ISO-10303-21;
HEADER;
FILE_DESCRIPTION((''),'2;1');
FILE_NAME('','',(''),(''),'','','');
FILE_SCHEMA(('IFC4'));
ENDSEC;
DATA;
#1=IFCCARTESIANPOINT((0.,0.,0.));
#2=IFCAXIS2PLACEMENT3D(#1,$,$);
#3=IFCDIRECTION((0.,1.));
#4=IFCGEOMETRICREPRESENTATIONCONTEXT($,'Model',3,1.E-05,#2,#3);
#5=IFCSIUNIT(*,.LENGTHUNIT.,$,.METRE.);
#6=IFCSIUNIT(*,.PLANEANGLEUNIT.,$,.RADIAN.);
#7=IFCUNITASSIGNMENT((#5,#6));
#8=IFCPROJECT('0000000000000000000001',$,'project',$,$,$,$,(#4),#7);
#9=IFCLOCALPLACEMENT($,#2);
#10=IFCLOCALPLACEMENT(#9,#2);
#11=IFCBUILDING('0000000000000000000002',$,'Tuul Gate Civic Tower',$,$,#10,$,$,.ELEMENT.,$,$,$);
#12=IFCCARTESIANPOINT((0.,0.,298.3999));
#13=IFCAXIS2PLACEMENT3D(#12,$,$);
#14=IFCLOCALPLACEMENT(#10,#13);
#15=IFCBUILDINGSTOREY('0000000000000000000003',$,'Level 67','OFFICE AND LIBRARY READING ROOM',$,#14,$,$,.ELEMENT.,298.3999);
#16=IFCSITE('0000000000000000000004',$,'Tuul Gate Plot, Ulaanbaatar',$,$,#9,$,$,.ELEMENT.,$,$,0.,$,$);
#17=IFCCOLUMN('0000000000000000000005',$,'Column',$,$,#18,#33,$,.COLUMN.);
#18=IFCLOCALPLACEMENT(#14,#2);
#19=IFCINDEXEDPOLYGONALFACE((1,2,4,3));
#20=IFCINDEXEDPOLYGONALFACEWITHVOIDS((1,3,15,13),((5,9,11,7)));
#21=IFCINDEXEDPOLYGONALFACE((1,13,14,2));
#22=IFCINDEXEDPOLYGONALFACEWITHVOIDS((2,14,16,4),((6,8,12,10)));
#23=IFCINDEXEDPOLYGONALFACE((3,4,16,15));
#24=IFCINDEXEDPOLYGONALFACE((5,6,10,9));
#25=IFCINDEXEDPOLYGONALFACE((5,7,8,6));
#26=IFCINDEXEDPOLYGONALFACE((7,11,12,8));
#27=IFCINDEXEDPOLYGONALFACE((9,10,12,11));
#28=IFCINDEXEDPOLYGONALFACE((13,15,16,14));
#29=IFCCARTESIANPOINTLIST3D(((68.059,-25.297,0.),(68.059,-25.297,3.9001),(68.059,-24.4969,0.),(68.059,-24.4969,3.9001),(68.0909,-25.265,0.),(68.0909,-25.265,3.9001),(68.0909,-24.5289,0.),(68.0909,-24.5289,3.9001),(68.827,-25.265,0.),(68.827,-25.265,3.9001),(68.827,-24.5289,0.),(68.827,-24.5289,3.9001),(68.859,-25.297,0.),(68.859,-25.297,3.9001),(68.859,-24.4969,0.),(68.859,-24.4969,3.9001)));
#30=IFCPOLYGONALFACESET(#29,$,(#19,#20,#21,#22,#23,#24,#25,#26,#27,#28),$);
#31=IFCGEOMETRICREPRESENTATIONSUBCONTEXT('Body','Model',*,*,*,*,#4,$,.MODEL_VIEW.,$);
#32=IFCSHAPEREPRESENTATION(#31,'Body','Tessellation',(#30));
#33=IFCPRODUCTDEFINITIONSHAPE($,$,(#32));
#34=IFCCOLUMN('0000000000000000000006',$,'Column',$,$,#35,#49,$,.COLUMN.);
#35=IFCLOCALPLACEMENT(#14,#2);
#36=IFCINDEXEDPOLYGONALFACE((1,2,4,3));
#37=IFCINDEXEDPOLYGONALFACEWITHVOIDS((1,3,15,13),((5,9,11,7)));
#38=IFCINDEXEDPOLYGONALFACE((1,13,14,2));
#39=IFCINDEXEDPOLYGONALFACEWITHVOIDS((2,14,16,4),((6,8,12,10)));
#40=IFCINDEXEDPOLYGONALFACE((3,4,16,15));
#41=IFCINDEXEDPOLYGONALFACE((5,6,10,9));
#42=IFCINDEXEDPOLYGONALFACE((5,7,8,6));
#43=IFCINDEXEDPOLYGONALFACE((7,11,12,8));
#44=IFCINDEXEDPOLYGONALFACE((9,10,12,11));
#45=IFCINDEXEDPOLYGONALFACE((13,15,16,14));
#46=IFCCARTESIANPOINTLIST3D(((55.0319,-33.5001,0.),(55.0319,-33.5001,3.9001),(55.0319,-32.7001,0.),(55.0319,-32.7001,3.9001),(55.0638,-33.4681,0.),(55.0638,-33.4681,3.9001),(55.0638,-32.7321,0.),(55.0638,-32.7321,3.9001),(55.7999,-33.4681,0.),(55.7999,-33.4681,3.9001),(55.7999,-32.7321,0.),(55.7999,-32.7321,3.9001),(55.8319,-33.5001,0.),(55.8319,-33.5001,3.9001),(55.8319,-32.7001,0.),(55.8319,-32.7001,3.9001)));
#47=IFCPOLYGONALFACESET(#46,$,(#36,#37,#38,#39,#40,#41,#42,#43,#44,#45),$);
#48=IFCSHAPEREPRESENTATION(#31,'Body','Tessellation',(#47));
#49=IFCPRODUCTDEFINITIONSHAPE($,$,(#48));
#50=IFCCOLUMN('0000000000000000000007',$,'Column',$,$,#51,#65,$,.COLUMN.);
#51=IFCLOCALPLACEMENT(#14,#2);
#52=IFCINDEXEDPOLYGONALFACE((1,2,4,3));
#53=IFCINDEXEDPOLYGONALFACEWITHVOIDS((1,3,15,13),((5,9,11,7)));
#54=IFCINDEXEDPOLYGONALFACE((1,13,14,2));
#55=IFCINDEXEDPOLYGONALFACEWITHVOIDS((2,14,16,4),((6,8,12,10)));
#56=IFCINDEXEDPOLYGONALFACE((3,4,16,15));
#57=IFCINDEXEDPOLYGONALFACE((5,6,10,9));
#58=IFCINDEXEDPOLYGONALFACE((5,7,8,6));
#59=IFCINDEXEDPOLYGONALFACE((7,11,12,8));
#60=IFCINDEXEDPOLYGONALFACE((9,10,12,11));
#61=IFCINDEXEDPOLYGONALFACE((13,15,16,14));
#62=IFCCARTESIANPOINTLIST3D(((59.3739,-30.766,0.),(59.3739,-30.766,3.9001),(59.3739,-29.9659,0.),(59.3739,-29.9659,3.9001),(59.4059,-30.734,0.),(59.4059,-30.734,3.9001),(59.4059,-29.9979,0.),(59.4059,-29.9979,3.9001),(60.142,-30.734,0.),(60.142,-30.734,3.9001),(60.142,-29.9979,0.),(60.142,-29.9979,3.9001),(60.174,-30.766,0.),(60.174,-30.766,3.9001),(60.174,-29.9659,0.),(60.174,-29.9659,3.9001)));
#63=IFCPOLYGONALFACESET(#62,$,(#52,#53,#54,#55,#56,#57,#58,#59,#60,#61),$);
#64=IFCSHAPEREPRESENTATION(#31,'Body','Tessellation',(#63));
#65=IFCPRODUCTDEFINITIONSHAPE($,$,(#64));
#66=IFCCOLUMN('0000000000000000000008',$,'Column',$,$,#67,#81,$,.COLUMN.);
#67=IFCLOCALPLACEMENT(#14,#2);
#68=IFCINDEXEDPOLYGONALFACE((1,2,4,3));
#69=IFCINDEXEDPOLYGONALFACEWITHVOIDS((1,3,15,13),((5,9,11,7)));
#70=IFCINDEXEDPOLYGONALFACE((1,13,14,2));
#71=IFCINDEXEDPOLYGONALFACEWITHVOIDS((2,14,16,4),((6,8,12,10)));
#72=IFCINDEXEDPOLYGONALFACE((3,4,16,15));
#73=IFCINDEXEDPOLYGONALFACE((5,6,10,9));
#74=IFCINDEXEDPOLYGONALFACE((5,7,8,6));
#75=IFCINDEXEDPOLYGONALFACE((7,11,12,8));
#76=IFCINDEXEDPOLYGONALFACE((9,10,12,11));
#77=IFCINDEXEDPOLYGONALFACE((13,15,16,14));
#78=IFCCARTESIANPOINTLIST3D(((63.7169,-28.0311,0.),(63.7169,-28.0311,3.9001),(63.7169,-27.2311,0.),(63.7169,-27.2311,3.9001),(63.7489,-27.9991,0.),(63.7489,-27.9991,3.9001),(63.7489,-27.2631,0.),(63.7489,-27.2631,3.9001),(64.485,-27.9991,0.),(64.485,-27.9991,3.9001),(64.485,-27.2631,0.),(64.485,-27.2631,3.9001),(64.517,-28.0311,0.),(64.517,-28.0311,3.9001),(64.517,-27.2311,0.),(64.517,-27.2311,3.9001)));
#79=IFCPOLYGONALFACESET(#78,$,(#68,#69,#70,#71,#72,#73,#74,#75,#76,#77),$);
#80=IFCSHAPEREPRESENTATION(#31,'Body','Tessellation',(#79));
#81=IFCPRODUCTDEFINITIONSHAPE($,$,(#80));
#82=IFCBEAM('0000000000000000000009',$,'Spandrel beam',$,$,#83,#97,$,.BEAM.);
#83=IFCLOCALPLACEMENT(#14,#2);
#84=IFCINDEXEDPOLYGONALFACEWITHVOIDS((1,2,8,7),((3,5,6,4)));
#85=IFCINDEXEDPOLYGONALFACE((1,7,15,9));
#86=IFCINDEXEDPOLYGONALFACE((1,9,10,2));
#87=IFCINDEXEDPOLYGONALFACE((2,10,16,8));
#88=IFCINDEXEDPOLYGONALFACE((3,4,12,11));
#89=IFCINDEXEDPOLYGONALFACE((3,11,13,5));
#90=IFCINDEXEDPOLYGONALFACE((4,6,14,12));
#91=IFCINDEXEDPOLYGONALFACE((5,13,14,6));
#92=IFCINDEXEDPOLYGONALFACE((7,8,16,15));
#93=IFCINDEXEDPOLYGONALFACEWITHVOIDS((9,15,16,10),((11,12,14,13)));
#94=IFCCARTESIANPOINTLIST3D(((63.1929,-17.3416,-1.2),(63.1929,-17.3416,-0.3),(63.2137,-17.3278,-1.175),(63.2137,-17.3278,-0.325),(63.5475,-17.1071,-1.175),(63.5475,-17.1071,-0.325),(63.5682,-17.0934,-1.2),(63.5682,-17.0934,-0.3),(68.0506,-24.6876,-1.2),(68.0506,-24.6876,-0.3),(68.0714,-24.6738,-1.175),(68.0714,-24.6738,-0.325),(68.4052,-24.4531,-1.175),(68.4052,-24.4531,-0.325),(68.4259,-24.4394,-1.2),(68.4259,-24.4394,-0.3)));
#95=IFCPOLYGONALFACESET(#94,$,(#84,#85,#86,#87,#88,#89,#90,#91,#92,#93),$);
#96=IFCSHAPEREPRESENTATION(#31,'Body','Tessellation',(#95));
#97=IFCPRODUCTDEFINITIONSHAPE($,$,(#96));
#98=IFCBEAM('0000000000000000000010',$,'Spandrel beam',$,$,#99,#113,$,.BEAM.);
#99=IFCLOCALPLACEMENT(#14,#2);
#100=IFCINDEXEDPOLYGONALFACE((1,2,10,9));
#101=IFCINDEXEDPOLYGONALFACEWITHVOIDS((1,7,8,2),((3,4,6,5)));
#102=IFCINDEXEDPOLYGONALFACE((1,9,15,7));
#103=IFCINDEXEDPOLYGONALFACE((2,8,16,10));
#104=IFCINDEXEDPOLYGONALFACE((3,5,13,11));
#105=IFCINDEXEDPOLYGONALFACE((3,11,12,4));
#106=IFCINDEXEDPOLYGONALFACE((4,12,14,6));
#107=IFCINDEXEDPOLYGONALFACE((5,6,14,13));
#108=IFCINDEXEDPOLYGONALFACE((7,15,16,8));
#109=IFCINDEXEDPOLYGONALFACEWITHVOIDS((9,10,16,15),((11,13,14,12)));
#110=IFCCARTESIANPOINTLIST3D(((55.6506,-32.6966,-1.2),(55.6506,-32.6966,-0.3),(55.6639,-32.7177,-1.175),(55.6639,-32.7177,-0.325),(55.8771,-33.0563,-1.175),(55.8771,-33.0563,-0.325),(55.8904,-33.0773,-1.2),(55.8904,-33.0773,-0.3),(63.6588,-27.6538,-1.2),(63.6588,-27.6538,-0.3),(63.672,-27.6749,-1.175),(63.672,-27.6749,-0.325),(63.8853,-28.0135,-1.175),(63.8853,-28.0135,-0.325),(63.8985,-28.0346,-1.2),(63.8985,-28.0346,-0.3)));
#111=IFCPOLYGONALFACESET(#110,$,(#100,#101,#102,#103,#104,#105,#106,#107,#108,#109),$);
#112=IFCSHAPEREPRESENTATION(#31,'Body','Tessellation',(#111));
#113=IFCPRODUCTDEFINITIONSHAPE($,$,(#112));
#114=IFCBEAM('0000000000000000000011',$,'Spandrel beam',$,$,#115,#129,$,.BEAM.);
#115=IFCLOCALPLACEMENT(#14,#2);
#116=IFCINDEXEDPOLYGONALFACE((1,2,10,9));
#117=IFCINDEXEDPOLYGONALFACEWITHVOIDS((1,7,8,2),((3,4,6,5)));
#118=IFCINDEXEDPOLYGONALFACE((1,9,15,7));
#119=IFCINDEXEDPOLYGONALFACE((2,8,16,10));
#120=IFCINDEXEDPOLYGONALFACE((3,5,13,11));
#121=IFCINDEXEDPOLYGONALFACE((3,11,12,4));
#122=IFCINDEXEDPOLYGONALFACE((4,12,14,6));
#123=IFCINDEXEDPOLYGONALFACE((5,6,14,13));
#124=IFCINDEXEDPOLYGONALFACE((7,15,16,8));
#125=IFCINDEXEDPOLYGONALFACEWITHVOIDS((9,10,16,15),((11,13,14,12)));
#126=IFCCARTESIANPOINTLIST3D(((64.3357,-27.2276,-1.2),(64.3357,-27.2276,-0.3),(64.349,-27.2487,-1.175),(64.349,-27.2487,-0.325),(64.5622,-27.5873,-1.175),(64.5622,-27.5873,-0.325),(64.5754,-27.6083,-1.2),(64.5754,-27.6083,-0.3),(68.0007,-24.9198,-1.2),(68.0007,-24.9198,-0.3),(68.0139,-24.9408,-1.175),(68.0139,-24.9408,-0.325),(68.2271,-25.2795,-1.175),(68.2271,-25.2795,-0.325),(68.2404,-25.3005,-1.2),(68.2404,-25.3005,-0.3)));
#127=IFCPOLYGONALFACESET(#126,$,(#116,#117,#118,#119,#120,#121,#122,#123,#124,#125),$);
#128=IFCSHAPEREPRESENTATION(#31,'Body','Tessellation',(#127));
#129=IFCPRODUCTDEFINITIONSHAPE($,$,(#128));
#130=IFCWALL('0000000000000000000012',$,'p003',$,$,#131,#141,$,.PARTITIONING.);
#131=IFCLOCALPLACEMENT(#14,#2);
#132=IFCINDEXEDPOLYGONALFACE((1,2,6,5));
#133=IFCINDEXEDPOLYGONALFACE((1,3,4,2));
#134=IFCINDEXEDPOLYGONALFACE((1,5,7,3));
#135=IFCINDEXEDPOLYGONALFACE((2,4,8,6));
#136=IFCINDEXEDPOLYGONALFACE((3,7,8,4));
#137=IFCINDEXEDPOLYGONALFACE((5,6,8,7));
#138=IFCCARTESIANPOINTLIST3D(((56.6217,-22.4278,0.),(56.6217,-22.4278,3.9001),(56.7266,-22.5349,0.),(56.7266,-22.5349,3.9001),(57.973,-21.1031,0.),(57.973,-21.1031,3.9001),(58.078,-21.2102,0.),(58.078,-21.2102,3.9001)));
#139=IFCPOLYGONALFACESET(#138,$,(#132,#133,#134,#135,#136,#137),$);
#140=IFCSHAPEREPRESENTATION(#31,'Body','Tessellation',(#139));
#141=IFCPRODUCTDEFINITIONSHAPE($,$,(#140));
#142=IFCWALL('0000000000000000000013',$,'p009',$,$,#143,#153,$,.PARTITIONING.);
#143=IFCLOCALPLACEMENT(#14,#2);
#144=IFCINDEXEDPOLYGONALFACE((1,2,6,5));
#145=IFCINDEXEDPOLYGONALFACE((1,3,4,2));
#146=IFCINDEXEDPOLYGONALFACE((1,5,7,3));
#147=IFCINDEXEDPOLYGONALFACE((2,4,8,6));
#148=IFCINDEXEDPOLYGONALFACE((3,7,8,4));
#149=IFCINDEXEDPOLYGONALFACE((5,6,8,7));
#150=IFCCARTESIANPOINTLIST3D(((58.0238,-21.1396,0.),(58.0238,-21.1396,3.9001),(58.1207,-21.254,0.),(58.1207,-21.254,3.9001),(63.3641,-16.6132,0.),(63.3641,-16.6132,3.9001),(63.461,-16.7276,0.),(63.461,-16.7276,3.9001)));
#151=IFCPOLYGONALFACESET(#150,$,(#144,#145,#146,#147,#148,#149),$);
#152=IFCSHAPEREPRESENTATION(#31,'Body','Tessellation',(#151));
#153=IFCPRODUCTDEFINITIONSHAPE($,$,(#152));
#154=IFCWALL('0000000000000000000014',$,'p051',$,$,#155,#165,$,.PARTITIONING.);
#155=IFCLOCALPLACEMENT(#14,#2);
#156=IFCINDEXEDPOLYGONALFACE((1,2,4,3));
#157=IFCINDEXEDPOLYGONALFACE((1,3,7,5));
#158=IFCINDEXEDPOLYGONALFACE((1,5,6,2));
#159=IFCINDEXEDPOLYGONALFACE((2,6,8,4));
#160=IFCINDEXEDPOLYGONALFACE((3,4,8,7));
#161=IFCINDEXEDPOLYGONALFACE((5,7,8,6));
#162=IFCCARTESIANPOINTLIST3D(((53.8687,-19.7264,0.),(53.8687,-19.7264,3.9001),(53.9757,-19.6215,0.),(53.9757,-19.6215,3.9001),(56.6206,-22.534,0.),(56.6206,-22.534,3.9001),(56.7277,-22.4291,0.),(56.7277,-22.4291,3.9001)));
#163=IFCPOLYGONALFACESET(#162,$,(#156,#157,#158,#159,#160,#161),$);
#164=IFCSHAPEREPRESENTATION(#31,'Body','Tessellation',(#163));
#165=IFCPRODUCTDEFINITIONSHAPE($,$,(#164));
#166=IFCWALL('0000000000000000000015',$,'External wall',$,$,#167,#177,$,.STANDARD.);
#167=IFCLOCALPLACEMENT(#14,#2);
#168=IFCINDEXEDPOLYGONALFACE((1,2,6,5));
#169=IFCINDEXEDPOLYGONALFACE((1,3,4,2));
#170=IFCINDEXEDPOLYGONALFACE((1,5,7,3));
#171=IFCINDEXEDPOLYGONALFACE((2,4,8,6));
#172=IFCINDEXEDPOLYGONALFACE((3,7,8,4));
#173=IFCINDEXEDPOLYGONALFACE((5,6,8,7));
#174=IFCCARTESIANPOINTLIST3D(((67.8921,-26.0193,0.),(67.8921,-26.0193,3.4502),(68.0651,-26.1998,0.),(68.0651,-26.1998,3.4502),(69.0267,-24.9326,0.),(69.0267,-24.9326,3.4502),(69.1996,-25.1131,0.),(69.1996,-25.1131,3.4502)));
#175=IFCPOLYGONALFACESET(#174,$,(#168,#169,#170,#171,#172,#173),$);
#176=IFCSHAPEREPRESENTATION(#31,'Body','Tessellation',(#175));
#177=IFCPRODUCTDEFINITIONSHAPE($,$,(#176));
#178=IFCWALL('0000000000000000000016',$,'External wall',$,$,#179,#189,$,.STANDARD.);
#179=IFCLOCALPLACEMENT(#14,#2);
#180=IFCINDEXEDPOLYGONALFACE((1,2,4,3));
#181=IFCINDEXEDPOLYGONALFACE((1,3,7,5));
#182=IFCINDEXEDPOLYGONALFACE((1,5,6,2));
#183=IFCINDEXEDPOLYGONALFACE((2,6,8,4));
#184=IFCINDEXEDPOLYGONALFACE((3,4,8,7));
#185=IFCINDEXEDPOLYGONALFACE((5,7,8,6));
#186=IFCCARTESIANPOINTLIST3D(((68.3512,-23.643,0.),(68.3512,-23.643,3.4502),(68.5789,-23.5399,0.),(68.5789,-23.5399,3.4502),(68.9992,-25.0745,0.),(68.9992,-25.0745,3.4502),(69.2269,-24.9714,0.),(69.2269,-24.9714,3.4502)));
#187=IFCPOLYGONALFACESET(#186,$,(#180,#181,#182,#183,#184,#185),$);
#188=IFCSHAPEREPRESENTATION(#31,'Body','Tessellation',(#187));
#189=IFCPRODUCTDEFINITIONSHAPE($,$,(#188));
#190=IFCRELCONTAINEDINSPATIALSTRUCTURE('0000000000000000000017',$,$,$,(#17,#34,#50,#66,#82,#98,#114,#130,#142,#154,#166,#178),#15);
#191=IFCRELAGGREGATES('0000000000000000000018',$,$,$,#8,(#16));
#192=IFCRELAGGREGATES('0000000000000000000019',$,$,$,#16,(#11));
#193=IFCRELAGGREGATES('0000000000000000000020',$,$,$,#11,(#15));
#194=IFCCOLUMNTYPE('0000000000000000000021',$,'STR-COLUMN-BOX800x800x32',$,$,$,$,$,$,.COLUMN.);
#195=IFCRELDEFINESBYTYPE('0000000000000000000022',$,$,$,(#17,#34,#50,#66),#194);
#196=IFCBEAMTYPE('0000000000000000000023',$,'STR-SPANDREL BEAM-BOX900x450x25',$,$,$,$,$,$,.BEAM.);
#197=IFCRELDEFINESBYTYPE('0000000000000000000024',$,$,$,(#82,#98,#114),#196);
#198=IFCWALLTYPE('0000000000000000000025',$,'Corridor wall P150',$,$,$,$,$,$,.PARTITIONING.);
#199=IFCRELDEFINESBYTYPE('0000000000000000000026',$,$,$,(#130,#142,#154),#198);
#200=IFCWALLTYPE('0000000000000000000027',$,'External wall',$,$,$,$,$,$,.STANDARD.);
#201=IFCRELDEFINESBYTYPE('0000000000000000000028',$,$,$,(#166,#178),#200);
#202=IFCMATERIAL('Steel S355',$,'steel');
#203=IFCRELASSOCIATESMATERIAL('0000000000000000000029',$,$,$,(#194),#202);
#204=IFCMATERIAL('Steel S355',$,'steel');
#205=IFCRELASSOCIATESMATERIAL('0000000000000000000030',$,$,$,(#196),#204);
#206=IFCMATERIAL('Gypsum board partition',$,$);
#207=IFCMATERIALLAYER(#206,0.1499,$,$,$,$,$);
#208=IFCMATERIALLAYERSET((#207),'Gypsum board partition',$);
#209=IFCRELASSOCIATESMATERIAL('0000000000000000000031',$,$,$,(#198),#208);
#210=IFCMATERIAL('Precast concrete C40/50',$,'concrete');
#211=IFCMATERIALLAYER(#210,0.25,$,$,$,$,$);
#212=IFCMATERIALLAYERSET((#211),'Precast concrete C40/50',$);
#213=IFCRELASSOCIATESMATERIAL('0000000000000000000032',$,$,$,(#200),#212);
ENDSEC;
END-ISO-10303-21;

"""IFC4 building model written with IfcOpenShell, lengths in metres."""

from ifc_helpers import new_model, si_unit, direction, frame, frame_2d, origin, origin_2d, place, context, subcontext, project, spatial, rectangle, hollow_rectangle, extrude, material, layer, layer_set, material_profile, profile_set, type_object, element, save


model = new_model("IFC4")

# Units and contexts
model_context = context("Model", 3, precision=1e-05, world=origin(), true_north=direction((0.0, 1.0)))
body_context = subcontext(model_context, "Body", "Model", "MODEL_VIEW")
ifc_project = project(units=[si_unit("LENGTHUNIT", "METRE"), si_unit("PLANEANGLEUNIT", "RADIAN")], contexts=[model_context])

# Site, building, storey
site_placement = place(None, origin())
site = spatial("IfcSite", under=ifc_project, at=site_placement, Name="Tuul Gate Plot, Ulaanbaatar", CompositionType="ELEMENT", RefElevation=0.0)
building_placement = place(site_placement, origin())
building = spatial("IfcBuilding", under=site, at=building_placement, Name="Tuul Gate Civic Tower", CompositionType="ELEMENT")
storey_placement = place(building_placement, frame((0.0, 0.0, 298.3999)))
storey = spatial("IfcBuildingStorey", under=building, at=storey_placement, Name="Level 67", Description="OFFICE AND LIBRARY READING ROOM", CompositionType="ELEMENT", Elevation=298.3999)

# Columns
ifc_material_1 = material(Name="Steel S355", Category="steel")
ifc_material_profile_1 = material_profile(ifc_material_1, hollow_rectangle(XDim=0.8, YDim=0.8, WallThickness=0.032, at=origin_2d()), Name="BOX800x800x32")
ifc_profile_set_1 = profile_set([ifc_material_profile_1], Name="Steel S355")
column_type = type_object("IfcColumnType", Name="STR-COLUMN-BOX800x800x32", PredefinedType="COLUMN", material=ifc_profile_set_1)
for number, where, z_axis, x_axis, name in (
    (1, (68.459, -24.897, 0.0), (0.0, 0.0, 1.0), (1.0, 0.0, 0.0), "Column"),
    (2, (55.4319, -33.1001, 0.0), (0.0, 0.0, 1.0), (1.0, 0.0, 0.0), "Column"),
    (3, (59.7739, -30.366, 0.0), (0.0, 0.0, 1.0), (1.0, 0.0, 0.0), "Column"),
    (4, (64.1169, -27.6311, 0.0), (0.0, 0.0, 1.0), (1.0, 0.0, 0.0), "Column"),
):
    element("IfcColumn", number, at=place(storey_placement, frame(where, z_axis=z_axis, x_axis=x_axis)), inside=storey, type_object=column_type, Name=name, PredefinedType="COLUMN", context=body_context, shape_type="SweptSolid", body=[
        extrude(hollow_rectangle(XDim=0.8, YDim=0.8, WallThickness=0.032, at=origin_2d()), origin(), (0.0, 0.0, 1.0), 3.9001),
    ])

# Beams
ifc_material_2 = material(Name="Steel S355", Category="steel")
ifc_material_profile_2 = material_profile(ifc_material_2, hollow_rectangle(XDim=0.45, YDim=0.8999, WallThickness=0.0249, at=origin_2d()), Name="BOX900x450x25")
ifc_profile_set_2 = profile_set([ifc_material_profile_2], Name="Steel S355")
beam_type = type_object("IfcBeamType", Name="STR-SPANDREL BEAM-BOX900x450x25", PredefinedType="BEAM", material=ifc_profile_set_2)
beam_1_placement = place(storey_placement, frame((68.2383, -24.5635, -0.75), z_axis=(-0.551581, 0.834121, 0.0), x_axis=(-0.834121, -0.551581, 0.0)))
element("IfcBeam", 5, at=beam_1_placement, inside=storey, type_object=beam_type, Name="Spandrel beam", PredefinedType="BEAM", context=body_context, shape_type="SweptSolid", body=[
    extrude(hollow_rectangle(XDim=0.45, YDim=0.8999, WallThickness=0.0249, at=origin_2d()), origin(), (0.0, 0.0, 1.0), 8.8069),
])
beam_2_placement = place(storey_placement, frame((55.7705, -32.887, -0.75), z_axis=(0.846204, 0.53286, 0.0), x_axis=(-0.53286, 0.846204, 0.0)))
element("IfcBeam", 6, at=beam_2_placement, inside=storey, type_object=beam_type, Name="Spandrel beam", PredefinedType="BEAM", context=body_context, shape_type="SweptSolid", body=[
    extrude(hollow_rectangle(XDim=0.45, YDim=0.8999, WallThickness=0.0249, at=origin_2d()), origin(), (0.0, 0.0, 1.0), 9.4636),
])
beam_3_placement = place(storey_placement, frame((64.4556, -27.418, -0.75), z_axis=(0.846207, 0.532854, 0.0), x_axis=(-0.532854, 0.846207, 0.0)))
element("IfcBeam", 7, at=beam_3_placement, inside=storey, type_object=beam_type, Name="Spandrel beam", PredefinedType="BEAM", context=body_context, shape_type="SweptSolid", body=[
    extrude(hollow_rectangle(XDim=0.45, YDim=0.8999, WallThickness=0.0249, at=origin_2d()), origin(), (0.0, 0.0, 1.0), 4.3311),
])

# Walls
ifc_material_3 = material(Name="Gypsum board partition")
ifc_layer_1 = layer(ifc_material_3, 0.1499)
ifc_layer_set_1 = layer_set([ifc_layer_1], Name="Gypsum board partition")
wall_type_1 = type_object("IfcWallType", Name="Corridor wall P150", PredefinedType="PARTITIONING", material=ifc_layer_set_1)
wall_1_placement = place(storey_placement, frame((56.6741, -22.4814, 0.0), z_axis=(0.0, 0.0, 1.0), x_axis=(0.714103, 0.70004, 0.0)))
element("IfcWall", 8, at=wall_1_placement, inside=storey, type_object=wall_type_1, Name="p003", PredefinedType="PARTITIONING", context=body_context, shape_type="SweptSolid", body=[
    extrude(rectangle(XDim=1.8923, YDim=0.1499, at=frame_2d((0.9463, 0.0))), origin(), (0.0, 0.0, 1.0), 3.9001),
])
wall_2_placement = place(storey_placement, frame((58.0723, -21.1968, 0.0), z_axis=(0.0, 0.0, 1.0), x_axis=(0.762849, 0.646577, 0.0)))
element("IfcWall", 9, at=wall_2_placement, inside=storey, type_object=wall_type_1, Name="p009", PredefinedType="PARTITIONING", context=body_context, shape_type="SweptSolid", body=[
    extrude(rectangle(XDim=7.0005, YDim=0.1499, at=frame_2d((3.5002, 0.0))), origin(), (0.0, 0.0, 1.0), 3.9001),
])
wall_3_placement = place(storey_placement, frame((53.9221, -19.6738, 0.0), z_axis=(0.0, 0.0, 1.0), x_axis=(0.699992, -0.714151, 0.0)))
element("IfcWall", 10, at=wall_3_placement, inside=storey, type_object=wall_type_1, Name="p051", PredefinedType="PARTITIONING", context=body_context, shape_type="SweptSolid", body=[
    extrude(rectangle(XDim=3.9314, YDim=0.1499, at=frame_2d((1.9658, 0.0))), origin(), (0.0, 0.0, 1.0), 3.9001),
])
ifc_material_4 = material(Name="Precast concrete C40/50", Category="concrete")
ifc_layer_2 = layer(ifc_material_4, 0.25)
ifc_layer_set_2 = layer_set([ifc_layer_2], Name="Precast concrete C40/50")
wall_type_2 = type_object("IfcWallType", Name="External wall", PredefinedType="STANDARD", material=ifc_layer_set_2)
wall_4_placement = place(storey_placement, frame((67.9785, -26.1096, 0.0), z_axis=(0.0, 0.0, 1.0), x_axis=(0.722173, 0.691713, 0.0)))
element("IfcWall", 11, at=wall_4_placement, inside=storey, type_object=wall_type_2, Name="External wall", PredefinedType="STANDARD", context=body_context, shape_type="SweptSolid", body=[
    extrude(rectangle(XDim=1.571, YDim=0.25, at=frame_2d((0.7856, 0.0))), origin(), (0.0, 0.0, 1.0), 3.4502),
])
wall_5_placement = place(storey_placement, frame((69.113, -25.0229, 0.0), z_axis=(0.0, 0.0, 1.0), x_axis=(-0.412386, 0.911009, 0.0)))
element("IfcWall", 12, at=wall_5_placement, inside=storey, type_object=wall_type_2, Name="External wall", PredefinedType="STANDARD", context=body_context, shape_type="SweptSolid", body=[
    extrude(rectangle(XDim=1.5713, YDim=0.25, at=frame_2d((0.7856, 0.0))), origin(), (0.0, 0.0, 1.0), 3.4502),
])

save(model, "model.ifc")
